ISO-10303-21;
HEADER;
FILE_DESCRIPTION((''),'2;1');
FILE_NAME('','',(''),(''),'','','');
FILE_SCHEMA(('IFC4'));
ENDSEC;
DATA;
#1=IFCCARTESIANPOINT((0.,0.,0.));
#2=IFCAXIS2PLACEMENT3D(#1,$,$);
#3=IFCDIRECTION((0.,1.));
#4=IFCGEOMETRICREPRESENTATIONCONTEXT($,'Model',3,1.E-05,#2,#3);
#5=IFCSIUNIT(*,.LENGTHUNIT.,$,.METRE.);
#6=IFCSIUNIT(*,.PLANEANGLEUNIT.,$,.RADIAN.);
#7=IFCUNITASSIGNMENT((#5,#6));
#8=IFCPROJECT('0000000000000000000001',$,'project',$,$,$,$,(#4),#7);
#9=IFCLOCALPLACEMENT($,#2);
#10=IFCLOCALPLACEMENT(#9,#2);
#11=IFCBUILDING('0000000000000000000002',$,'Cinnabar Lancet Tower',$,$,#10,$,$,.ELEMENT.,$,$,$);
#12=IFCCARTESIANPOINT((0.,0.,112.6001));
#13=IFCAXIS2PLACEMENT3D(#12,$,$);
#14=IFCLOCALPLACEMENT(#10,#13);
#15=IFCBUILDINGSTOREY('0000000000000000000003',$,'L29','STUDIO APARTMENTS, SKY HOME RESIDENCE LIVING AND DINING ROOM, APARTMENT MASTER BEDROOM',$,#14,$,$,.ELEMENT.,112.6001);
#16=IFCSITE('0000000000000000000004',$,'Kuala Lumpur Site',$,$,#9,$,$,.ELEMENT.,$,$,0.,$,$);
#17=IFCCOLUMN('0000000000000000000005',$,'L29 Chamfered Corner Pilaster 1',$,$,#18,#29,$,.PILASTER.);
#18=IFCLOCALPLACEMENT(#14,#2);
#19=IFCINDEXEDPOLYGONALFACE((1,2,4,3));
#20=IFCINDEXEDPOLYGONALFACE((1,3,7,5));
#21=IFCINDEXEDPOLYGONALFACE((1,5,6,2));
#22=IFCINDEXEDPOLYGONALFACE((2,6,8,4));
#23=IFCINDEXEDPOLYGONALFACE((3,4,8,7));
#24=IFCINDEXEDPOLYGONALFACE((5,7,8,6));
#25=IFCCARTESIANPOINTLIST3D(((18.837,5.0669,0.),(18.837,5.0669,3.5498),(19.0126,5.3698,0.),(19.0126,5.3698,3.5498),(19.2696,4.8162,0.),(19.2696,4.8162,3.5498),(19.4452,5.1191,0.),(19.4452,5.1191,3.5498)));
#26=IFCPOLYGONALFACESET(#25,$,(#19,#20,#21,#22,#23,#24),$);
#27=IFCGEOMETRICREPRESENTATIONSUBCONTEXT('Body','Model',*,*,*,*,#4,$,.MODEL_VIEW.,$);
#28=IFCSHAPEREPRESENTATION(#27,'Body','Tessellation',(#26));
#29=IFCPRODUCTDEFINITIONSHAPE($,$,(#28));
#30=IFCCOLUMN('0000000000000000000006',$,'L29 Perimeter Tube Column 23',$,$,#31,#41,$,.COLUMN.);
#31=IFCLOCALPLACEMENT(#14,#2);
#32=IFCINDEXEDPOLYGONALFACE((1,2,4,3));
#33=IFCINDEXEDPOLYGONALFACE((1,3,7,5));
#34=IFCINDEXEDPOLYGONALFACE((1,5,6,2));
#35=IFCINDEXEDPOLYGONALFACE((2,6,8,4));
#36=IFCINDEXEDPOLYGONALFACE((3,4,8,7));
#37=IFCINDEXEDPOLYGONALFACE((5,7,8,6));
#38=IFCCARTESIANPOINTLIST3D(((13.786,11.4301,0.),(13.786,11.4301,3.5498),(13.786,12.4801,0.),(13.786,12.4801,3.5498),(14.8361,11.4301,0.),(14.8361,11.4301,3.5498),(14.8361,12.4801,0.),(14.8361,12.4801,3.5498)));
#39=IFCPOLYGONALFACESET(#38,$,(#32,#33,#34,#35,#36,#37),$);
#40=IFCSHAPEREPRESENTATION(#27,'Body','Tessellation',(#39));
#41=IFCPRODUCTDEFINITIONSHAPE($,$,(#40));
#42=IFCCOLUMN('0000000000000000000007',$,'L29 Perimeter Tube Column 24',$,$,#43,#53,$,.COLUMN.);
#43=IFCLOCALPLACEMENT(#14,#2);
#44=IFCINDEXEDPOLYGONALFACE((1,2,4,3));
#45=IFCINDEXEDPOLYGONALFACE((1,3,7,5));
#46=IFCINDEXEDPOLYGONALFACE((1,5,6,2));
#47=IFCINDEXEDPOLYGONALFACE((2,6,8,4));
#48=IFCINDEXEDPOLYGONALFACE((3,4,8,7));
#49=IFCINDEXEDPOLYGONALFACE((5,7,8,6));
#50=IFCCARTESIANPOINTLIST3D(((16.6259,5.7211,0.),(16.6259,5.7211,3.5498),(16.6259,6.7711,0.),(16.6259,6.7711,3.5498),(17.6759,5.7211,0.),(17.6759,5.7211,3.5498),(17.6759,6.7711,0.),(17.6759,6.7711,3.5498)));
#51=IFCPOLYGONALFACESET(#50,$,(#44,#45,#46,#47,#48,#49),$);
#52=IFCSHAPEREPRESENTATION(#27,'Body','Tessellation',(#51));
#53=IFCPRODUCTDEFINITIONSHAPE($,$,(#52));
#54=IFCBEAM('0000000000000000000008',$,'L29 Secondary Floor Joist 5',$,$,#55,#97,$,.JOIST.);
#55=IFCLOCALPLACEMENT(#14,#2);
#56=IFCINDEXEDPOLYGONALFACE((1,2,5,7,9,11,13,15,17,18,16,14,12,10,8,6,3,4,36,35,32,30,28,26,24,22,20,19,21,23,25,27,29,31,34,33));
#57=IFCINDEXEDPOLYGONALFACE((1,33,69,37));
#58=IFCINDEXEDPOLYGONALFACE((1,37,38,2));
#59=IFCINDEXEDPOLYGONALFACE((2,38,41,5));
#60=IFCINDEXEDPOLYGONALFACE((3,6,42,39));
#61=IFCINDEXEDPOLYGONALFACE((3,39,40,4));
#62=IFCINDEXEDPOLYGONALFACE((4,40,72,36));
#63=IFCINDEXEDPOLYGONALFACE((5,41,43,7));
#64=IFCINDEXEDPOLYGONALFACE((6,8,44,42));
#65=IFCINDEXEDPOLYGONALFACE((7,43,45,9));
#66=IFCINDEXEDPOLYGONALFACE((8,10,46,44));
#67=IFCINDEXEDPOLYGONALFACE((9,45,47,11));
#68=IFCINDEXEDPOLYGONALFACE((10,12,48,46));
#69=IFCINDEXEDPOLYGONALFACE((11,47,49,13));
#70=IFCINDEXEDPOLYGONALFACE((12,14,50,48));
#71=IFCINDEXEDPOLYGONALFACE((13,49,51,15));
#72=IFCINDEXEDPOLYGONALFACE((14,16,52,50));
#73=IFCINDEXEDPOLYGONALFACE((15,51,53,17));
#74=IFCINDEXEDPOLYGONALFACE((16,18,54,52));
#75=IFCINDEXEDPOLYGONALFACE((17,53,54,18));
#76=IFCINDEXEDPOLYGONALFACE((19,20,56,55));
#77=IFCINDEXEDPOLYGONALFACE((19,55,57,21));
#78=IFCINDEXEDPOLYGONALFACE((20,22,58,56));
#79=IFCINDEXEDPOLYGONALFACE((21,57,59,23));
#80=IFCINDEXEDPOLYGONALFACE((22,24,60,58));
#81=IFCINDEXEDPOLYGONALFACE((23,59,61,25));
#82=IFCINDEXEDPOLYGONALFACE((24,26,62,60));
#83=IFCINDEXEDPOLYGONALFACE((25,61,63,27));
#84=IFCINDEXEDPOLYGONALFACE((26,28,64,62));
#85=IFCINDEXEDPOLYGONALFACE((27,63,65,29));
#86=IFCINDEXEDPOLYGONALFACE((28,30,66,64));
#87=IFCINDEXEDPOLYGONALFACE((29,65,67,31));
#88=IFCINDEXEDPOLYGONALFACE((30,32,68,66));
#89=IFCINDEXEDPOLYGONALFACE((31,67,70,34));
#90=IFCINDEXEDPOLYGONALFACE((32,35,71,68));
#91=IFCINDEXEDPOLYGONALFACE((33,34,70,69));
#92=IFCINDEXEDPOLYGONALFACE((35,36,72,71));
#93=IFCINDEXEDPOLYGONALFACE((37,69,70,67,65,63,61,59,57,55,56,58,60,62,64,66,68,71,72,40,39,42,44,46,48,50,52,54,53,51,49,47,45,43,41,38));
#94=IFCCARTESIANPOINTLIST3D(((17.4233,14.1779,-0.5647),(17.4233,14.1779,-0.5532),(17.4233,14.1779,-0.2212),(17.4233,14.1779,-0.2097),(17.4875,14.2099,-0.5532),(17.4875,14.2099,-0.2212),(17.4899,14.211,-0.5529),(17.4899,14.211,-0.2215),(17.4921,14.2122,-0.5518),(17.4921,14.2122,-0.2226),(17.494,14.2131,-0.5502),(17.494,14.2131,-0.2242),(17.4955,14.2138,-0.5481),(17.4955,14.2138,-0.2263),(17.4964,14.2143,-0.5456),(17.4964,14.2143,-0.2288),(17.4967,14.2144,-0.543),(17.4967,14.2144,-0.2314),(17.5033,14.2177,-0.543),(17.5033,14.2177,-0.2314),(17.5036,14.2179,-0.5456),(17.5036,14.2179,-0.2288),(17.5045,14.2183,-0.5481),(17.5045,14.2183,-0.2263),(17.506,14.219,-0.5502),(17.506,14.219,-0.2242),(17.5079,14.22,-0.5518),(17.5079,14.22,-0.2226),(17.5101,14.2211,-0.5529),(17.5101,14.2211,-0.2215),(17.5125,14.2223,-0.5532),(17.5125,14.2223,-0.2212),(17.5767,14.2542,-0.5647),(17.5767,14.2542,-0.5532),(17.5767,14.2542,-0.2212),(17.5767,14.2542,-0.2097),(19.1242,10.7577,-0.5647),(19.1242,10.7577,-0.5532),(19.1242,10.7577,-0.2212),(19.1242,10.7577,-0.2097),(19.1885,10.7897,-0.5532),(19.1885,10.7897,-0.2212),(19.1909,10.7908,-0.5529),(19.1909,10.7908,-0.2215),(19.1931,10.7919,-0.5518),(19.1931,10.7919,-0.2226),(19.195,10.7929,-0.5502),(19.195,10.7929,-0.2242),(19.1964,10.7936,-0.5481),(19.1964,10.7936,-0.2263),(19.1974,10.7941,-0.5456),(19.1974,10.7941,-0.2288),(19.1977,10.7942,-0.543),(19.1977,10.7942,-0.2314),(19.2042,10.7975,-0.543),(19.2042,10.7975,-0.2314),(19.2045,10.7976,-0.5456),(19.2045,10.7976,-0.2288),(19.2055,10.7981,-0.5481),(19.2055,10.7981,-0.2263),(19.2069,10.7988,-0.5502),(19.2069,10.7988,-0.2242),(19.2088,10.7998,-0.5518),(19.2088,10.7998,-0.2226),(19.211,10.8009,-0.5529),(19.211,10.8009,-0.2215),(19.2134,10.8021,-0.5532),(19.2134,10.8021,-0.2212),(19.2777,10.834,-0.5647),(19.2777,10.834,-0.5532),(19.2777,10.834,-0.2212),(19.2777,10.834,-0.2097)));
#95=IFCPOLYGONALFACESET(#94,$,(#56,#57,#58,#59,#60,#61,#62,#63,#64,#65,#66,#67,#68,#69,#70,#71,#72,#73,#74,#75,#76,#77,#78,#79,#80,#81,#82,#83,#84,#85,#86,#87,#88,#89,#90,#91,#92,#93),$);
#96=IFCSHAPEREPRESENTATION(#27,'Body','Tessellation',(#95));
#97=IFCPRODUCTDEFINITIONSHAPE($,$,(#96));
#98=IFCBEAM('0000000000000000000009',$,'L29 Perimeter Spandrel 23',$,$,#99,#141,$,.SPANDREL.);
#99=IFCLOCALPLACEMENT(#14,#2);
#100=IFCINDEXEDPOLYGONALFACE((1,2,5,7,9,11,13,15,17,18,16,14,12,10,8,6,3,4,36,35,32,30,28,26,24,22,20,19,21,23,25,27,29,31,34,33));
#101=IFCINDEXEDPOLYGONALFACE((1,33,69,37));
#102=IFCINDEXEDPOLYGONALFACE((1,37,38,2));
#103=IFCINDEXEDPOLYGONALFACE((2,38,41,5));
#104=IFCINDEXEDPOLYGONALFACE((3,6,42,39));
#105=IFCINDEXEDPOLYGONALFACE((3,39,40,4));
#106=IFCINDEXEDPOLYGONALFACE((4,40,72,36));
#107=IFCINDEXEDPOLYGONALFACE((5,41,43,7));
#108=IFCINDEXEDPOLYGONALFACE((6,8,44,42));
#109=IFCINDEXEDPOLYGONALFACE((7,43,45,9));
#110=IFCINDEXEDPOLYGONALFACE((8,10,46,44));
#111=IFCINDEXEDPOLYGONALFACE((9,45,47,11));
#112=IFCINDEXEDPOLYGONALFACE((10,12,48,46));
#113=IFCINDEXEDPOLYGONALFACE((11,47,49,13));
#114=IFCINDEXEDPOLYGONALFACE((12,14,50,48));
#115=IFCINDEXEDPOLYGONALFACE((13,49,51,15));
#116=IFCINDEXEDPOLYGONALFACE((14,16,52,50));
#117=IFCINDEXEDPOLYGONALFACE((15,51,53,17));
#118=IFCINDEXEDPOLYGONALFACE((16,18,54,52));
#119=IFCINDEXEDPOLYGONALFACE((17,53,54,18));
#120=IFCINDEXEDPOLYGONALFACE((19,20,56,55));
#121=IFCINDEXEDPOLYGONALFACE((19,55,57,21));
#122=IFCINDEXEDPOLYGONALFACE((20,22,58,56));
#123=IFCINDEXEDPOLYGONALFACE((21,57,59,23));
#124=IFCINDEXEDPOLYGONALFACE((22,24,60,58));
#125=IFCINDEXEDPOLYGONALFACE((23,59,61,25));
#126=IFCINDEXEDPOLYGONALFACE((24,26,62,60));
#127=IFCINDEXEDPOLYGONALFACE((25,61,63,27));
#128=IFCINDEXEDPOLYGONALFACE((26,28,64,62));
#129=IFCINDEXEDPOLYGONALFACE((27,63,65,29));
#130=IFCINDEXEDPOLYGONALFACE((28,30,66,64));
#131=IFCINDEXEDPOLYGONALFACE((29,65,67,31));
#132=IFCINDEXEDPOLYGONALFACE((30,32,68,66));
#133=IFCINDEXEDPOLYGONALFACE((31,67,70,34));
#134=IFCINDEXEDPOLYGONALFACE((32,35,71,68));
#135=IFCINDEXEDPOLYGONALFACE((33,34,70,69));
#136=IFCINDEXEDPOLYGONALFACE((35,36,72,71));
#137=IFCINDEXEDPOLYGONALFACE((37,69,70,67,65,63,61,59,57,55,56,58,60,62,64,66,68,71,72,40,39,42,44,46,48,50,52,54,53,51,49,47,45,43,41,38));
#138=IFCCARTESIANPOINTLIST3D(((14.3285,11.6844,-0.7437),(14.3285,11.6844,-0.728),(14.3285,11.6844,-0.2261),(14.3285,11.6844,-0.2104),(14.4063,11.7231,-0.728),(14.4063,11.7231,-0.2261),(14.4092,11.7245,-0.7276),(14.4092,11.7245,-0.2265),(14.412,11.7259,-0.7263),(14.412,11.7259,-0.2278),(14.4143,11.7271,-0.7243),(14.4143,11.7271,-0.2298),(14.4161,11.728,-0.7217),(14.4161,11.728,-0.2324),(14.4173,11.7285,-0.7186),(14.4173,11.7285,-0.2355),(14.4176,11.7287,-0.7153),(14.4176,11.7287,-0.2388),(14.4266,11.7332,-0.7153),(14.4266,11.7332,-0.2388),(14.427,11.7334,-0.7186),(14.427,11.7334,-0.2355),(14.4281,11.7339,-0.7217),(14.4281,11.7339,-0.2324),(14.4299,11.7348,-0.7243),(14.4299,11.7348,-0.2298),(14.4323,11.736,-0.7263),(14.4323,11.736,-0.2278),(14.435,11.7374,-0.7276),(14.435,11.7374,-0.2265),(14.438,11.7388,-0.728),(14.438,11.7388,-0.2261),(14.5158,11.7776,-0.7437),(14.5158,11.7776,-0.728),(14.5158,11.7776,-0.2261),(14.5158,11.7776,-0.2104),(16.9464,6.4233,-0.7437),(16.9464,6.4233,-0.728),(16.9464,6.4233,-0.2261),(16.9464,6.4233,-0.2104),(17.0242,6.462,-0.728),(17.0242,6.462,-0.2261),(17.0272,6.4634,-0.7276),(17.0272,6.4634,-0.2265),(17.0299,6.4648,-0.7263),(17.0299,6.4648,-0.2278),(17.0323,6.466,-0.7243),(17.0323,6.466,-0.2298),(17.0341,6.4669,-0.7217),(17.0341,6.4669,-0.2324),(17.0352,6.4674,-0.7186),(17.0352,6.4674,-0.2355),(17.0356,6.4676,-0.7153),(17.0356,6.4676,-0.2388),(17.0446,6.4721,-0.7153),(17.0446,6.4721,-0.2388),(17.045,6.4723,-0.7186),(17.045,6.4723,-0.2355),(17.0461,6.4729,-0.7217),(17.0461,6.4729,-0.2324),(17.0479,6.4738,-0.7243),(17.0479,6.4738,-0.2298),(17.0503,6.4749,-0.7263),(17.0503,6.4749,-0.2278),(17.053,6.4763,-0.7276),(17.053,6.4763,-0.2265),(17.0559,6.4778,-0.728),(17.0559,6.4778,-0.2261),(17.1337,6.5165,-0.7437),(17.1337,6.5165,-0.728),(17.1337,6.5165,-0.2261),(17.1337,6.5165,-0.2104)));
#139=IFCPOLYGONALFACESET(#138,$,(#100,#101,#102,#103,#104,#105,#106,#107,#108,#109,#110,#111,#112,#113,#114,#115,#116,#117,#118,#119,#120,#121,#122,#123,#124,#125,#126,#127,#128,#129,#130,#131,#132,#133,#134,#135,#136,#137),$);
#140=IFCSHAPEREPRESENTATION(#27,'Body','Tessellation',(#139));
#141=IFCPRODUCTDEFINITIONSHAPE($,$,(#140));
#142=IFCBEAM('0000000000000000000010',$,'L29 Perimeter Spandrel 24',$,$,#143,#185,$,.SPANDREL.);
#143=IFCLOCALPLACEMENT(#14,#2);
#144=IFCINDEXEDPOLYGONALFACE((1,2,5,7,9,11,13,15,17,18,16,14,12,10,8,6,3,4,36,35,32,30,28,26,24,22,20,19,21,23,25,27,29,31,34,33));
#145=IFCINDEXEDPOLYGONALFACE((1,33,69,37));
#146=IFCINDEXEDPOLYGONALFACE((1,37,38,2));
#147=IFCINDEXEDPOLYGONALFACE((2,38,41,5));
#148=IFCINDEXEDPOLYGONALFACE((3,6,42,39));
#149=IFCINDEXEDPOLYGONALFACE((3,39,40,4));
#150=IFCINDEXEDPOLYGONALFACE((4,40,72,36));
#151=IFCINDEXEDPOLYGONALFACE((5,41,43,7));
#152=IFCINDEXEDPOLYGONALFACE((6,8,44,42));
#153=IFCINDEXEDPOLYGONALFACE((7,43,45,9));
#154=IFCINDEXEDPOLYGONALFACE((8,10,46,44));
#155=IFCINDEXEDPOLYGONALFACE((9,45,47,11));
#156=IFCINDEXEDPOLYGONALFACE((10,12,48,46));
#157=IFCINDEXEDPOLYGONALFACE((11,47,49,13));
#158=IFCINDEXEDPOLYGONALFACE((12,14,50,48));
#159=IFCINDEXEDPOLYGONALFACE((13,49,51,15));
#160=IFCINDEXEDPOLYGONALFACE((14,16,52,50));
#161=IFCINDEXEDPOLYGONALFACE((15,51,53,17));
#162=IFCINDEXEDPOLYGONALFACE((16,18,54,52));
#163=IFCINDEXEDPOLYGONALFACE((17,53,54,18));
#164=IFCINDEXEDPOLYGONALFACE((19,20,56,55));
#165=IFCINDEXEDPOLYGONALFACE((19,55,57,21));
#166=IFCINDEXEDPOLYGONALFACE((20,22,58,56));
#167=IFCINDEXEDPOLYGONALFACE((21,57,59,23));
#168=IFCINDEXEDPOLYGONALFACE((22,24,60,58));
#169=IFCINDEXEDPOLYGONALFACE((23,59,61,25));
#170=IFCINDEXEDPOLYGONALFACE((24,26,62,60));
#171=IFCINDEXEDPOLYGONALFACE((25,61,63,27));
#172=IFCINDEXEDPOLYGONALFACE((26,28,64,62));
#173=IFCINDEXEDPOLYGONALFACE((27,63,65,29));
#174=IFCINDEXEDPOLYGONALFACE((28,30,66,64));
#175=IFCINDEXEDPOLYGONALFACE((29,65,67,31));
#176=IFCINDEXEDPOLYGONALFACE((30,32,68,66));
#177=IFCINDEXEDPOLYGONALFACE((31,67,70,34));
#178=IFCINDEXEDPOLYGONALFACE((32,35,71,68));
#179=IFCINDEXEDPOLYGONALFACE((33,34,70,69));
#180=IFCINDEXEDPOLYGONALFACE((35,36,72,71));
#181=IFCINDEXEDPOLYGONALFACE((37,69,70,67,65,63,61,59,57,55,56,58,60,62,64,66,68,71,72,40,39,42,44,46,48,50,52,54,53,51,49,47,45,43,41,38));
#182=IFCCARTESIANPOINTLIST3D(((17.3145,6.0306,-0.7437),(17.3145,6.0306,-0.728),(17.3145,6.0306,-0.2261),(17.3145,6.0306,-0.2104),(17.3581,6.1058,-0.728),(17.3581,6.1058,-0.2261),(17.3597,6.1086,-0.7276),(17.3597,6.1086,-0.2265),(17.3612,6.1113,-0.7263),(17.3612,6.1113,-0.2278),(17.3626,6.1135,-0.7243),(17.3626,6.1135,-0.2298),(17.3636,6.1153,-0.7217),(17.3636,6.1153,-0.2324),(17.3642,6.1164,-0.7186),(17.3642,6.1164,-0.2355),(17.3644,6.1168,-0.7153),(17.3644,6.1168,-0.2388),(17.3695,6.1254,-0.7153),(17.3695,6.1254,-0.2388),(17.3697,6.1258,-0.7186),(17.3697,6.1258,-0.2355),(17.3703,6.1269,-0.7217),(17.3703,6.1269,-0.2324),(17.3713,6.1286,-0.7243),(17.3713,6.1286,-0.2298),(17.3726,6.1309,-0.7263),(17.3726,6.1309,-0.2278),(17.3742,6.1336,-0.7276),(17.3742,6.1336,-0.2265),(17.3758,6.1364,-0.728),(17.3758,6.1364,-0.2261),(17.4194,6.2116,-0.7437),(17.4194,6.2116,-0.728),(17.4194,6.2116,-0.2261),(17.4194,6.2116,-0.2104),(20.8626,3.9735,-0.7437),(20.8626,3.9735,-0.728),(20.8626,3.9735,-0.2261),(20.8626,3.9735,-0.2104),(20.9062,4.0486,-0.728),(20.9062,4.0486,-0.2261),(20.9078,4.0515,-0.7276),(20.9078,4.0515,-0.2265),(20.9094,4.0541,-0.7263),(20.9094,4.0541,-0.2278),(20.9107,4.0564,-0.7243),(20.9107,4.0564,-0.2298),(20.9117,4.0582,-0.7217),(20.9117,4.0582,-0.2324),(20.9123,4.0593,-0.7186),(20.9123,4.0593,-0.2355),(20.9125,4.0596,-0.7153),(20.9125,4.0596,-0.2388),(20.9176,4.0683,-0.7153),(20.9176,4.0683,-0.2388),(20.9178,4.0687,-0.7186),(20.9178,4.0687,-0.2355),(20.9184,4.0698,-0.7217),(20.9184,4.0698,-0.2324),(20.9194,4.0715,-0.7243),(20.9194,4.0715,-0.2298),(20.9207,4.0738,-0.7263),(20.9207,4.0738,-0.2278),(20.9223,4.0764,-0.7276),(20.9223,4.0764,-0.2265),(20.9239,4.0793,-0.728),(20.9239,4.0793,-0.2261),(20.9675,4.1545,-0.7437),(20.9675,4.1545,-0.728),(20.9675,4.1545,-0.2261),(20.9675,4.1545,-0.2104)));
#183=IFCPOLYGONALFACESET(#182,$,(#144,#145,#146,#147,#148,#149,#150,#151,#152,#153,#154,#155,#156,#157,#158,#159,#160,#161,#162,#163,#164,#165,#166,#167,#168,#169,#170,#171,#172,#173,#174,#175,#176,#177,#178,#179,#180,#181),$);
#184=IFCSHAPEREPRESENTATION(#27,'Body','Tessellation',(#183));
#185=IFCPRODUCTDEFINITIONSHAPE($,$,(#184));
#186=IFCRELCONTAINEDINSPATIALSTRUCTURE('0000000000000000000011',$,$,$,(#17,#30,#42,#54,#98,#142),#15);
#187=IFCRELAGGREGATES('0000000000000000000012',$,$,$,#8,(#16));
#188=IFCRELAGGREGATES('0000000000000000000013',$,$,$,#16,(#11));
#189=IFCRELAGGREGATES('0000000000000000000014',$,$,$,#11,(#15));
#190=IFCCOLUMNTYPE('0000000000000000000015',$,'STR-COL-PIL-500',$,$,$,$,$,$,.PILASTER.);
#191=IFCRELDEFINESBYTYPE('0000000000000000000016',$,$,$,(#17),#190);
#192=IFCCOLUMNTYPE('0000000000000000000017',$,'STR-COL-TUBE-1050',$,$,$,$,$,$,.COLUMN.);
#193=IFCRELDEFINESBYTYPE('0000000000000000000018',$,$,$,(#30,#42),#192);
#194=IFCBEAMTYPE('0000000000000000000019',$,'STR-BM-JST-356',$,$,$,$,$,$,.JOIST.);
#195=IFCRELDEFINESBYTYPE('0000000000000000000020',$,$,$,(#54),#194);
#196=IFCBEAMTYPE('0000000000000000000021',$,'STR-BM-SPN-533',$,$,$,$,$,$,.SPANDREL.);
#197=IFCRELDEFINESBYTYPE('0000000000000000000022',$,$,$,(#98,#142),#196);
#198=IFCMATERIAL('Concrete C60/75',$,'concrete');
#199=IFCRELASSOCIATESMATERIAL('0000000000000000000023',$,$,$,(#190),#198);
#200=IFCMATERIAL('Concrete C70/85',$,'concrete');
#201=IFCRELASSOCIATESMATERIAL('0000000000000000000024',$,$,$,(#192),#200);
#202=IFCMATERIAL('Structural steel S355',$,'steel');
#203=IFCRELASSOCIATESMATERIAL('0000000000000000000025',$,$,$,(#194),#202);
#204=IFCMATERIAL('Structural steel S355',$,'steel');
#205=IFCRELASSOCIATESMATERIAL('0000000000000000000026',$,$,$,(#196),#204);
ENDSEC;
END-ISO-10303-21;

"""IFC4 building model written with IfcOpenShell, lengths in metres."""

from ifc_helpers import new_model, si_unit, direction, frame, origin, origin_2d, place, context, subcontext, project, spatial, rectangle, i_section, extrude, material, material_profile, profile_set, type_object, element, save


model = new_model("IFC4")

# Units and contexts
model_context = context("Model", 3, precision=1e-05, world=origin(), true_north=direction((0.0, 1.0)))
body_context = subcontext(model_context, "Body", "Model", "MODEL_VIEW")
ifc_project = project(units=[si_unit("LENGTHUNIT", "METRE"), si_unit("PLANEANGLEUNIT", "RADIAN")], contexts=[model_context])

# Site, building, storey
site_placement = place(None, origin())
site = spatial("IfcSite", under=ifc_project, at=site_placement, Name="Kuala Lumpur Site", CompositionType="ELEMENT", RefElevation=0.0)
building_placement = place(site_placement, origin())
building = spatial("IfcBuilding", under=site, at=building_placement, Name="Cinnabar Lancet Tower", CompositionType="ELEMENT")
storey_placement = place(building_placement, frame((0.0, 0.0, 112.6001)))
storey = spatial("IfcBuildingStorey", under=building, at=storey_placement, Name="L29", Description="STUDIO APARTMENTS, SKY HOME RESIDENCE LIVING AND DINING ROOM, APARTMENT MASTER BEDROOM", CompositionType="ELEMENT", Elevation=112.6001)

# Columns
ifc_material_1 = material(Name="Concrete C60/75", Category="concrete")
ifc_material_profile_1 = material_profile(ifc_material_1, rectangle(XDim=0.5, YDim=0.3501, at=origin_2d()), Name="RC-PIL 500x350")
ifc_profile_set_1 = profile_set([ifc_material_profile_1], Name="Concrete C60/75")
column_type_1 = type_object("IfcColumnType", Name="STR-COL-PIL-500", PredefinedType="PILASTER", material=ifc_profile_set_1)
column_placement = place(storey_placement, frame((19.1411, 5.093, 0.0), z_axis=(0.0, 0.0, 1.0), x_axis=(0.86516, -0.501496, 0.0)))
element("IfcColumn", 1, at=column_placement, inside=storey, type_object=column_type_1, Name="L29 Chamfered Corner Pilaster 1", PredefinedType="PILASTER", context=body_context, shape_type="SweptSolid", body=[
    extrude(rectangle(XDim=0.5, YDim=0.3501, at=origin_2d()), origin(), (0.0, 0.0, 1.0), 3.5498),
])
ifc_material_2 = material(Name="Concrete C70/85", Category="concrete")
ifc_material_profile_2 = material_profile(ifc_material_2, rectangle(XDim=1.05, YDim=1.05, at=origin_2d()), Name="RC-COL 1050x1050")
ifc_profile_set_2 = profile_set([ifc_material_profile_2], Name="Concrete C70/85")
column_type_2 = type_object("IfcColumnType", Name="STR-COL-TUBE-1050", PredefinedType="COLUMN", material=ifc_profile_set_2)
for number, where, z_axis, x_axis, name in (
    (2, (14.311, 11.9551, 0.0), (0.0, 0.0, 1.0), (1.0, 0.0, 0.0), "L29 Perimeter Tube Column 23"),
    (3, (17.1509, 6.2461, 0.0), (0.0, 0.0, 1.0), (1.0, 0.0, 0.0), "L29 Perimeter Tube Column 24"),
):
    element("IfcColumn", number, at=place(storey_placement, frame(where, z_axis=z_axis, x_axis=x_axis)), inside=storey, type_object=column_type_2, Name=name, PredefinedType="COLUMN", context=body_context, shape_type="SweptSolid", body=[
        extrude(rectangle(XDim=1.05, YDim=1.05, at=origin_2d()), origin(), (0.0, 0.0, 1.0), 3.5498),
    ])

# Beams
ifc_material_3 = material(Name="Structural steel S355", Category="steel")
ifc_material_profile_3 = material_profile(ifc_material_3, i_section(OverallWidth=0.1714, OverallDepth=0.355, WebThickness=0.0073, FlangeThickness=0.0115, FilletRadius=0.0103, at=origin_2d()), Name="UKB 356x171x51")
ifc_profile_set_3 = profile_set([ifc_material_profile_3], Name="Structural steel S355")
beam_type_1 = type_object("IfcBeamType", Name="STR-BM-JST-356", PredefinedType="JOIST", material=ifc_profile_set_3)
beam_1_placement = place(storey_placement, frame((17.5, 14.2161, -0.3872), z_axis=(0.445295, -0.895384, 0.0), x_axis=(0.895384, 0.445295, 0.0)))
element("IfcBeam", 4, at=beam_1_placement, inside=storey, type_object=beam_type_1, Name="L29 Secondary Floor Joist 5", PredefinedType="JOIST", context=body_context, shape_type="SweptSolid", body=[
    extrude(i_section(OverallWidth=0.1714, OverallDepth=0.355, WebThickness=0.0073, FlangeThickness=0.0115, FilletRadius=0.0103, at=origin_2d()), origin(), (0.0, 0.0, 1.0), 3.8198),
])
ifc_material_4 = material(Name="Structural steel S355", Category="steel")
ifc_material_profile_4 = material_profile(ifc_material_4, i_section(OverallWidth=0.2092, OverallDepth=0.5332, WebThickness=0.01, FlangeThickness=0.0156, FilletRadius=0.0127, at=origin_2d()), Name="UKB 533x210x92")
ifc_profile_set_4 = profile_set([ifc_material_profile_4], Name="Structural steel S355")
beam_type_2 = type_object("IfcBeamType", Name="STR-BM-SPN-533", PredefinedType="SPANDREL", material=ifc_profile_set_4)
beam_2_placement = place(storey_placement, frame((14.4221, 11.731, -0.4771), z_axis=(0.445501, -0.895281, 0.0), x_axis=(0.895281, 0.445501, 0.0)))
element("IfcBeam", 5, at=beam_2_placement, inside=storey, type_object=beam_type_2, Name="L29 Perimeter Spandrel 23", PredefinedType="SPANDREL", context=body_context, shape_type="SweptSolid", body=[
    extrude(i_section(OverallWidth=0.2092, OverallDepth=0.5332, WebThickness=0.01, FlangeThickness=0.0156, FilletRadius=0.0127, at=origin_2d()), origin(), (0.0, 0.0, 1.0), 5.8765),
])
beam_3_placement = place(storey_placement, frame((17.3669, 6.1211, -0.4771), z_axis=(0.865112, -0.501578, 0.0), x_axis=(0.501578, 0.865112, 0.0)))
element("IfcBeam", 6, at=beam_3_placement, inside=storey, type_object=beam_type_2, Name="L29 Perimeter Spandrel 24", PredefinedType="SPANDREL", context=body_context, shape_type="SweptSolid", body=[
    extrude(i_section(OverallWidth=0.2092, OverallDepth=0.5332, WebThickness=0.01, FlangeThickness=0.0156, FilletRadius=0.0127, at=origin_2d()), origin(), (0.0, 0.0, 1.0), 4.1013),
])

save(model, "model.ifc")
